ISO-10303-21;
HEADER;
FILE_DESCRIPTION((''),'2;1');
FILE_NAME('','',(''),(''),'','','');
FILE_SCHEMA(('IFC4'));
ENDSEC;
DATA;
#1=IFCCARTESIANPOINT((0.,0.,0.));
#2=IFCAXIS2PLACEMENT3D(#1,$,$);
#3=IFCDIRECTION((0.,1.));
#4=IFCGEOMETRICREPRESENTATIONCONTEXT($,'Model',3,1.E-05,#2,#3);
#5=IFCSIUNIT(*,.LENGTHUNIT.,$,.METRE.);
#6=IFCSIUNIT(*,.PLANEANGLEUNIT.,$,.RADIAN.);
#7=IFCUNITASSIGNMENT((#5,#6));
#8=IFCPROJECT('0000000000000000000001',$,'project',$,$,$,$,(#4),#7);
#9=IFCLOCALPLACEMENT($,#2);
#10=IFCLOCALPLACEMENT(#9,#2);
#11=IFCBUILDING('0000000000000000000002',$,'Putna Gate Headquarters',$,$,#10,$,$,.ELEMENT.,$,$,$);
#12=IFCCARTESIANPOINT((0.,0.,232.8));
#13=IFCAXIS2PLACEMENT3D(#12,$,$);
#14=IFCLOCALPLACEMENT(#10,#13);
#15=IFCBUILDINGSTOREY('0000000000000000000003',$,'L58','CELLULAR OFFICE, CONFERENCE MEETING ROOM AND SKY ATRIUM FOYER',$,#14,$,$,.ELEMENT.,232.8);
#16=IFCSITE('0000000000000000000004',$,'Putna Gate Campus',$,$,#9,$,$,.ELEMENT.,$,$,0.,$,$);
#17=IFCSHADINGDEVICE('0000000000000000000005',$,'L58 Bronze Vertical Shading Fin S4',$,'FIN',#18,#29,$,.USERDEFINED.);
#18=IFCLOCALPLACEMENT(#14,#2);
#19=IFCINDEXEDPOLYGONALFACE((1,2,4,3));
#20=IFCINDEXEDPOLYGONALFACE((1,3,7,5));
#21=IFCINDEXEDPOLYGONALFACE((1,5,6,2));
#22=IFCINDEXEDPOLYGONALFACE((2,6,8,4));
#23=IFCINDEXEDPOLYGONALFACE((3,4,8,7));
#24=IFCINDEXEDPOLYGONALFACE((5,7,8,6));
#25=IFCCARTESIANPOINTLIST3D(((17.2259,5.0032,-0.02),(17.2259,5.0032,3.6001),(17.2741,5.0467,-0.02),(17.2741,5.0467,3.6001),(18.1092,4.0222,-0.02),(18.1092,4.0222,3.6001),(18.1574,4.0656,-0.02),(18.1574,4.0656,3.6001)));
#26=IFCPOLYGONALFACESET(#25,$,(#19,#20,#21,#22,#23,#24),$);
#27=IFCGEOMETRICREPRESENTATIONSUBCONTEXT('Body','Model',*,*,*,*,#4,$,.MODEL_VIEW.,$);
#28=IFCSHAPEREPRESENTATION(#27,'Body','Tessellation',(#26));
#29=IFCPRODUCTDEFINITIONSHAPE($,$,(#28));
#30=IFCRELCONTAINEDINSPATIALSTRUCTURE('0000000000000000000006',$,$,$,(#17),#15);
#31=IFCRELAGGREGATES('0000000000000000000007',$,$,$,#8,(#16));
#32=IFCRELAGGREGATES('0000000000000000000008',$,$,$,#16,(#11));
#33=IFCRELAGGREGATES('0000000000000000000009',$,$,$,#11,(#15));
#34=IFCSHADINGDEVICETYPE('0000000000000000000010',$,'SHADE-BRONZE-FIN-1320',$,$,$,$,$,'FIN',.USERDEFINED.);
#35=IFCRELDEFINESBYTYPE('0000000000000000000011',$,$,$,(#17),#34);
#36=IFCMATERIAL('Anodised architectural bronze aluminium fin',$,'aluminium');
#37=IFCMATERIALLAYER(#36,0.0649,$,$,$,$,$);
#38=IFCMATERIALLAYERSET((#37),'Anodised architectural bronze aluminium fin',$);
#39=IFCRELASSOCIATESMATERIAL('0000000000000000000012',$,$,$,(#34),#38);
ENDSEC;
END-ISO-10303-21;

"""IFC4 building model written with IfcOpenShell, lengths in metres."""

from ifc_helpers import new_model, si_unit, direction, frame, origin, origin_2d, place, context, subcontext, project, spatial, rectangle, extrude, material, layer, layer_set, type_object, element, save


model = new_model("IFC4")

# Units and contexts
model_context = context("Model", 3, precision=1e-05, world=origin(), true_north=direction((0.0, 1.0)))
body_context = subcontext(model_context, "Body", "Model", "MODEL_VIEW")
ifc_project = project(units=[si_unit("LENGTHUNIT", "METRE"), si_unit("PLANEANGLEUNIT", "RADIAN")], contexts=[model_context])

# Site, building, storey
site_placement = place(None, origin())
site = spatial("IfcSite", under=ifc_project, at=site_placement, Name="Putna Gate Campus", CompositionType="ELEMENT", RefElevation=0.0)
building_placement = place(site_placement, origin())
building = spatial("IfcBuilding", under=site, at=building_placement, Name="Putna Gate Headquarters", CompositionType="ELEMENT")
storey_placement = place(building_placement, frame((0.0, 0.0, 232.8)))
storey = spatial("IfcBuildingStorey", under=building, at=storey_placement, Name="L58", Description="CELLULAR OFFICE, CONFERENCE MEETING ROOM AND SKY ATRIUM FOYER", CompositionType="ELEMENT", Elevation=232.8)

# Shading device
ifc_material_1 = material(Name="Anodised architectural bronze aluminium fin", Category="aluminium")
ifc_layer_1 = layer(ifc_material_1, 0.0649)
ifc_layer_set_1 = layer_set([ifc_layer_1], Name="Anodised architectural bronze aluminium fin")
shading_device_type = type_object("IfcShadingDeviceType", Name="SHADE-BRONZE-FIN-1320", ElementType="FIN", PredefinedType="USERDEFINED", material=ifc_layer_set_1)
for number, where, z_axis, x_axis, name in (
    (1, (17.6917, 4.5344, -0.02), (0.0, 0.0, 1.0), (0.669131, -0.743145, 0.0), "L58 Bronze Vertical Shading Fin S4"),
):
    element("IfcShadingDevice", number, at=place(storey_placement, frame(where, z_axis=z_axis, x_axis=x_axis)), inside=storey, type_object=shading_device_type, Name=name, ObjectType="FIN", PredefinedType="USERDEFINED", context=body_context, shape_type="SweptSolid", body=[
        extrude(rectangle(XDim=1.3201, YDim=0.0649, at=origin_2d()), origin(), (0.0, 0.0, 1.0), 3.6201),
    ])

save(model, "model.ifc")
